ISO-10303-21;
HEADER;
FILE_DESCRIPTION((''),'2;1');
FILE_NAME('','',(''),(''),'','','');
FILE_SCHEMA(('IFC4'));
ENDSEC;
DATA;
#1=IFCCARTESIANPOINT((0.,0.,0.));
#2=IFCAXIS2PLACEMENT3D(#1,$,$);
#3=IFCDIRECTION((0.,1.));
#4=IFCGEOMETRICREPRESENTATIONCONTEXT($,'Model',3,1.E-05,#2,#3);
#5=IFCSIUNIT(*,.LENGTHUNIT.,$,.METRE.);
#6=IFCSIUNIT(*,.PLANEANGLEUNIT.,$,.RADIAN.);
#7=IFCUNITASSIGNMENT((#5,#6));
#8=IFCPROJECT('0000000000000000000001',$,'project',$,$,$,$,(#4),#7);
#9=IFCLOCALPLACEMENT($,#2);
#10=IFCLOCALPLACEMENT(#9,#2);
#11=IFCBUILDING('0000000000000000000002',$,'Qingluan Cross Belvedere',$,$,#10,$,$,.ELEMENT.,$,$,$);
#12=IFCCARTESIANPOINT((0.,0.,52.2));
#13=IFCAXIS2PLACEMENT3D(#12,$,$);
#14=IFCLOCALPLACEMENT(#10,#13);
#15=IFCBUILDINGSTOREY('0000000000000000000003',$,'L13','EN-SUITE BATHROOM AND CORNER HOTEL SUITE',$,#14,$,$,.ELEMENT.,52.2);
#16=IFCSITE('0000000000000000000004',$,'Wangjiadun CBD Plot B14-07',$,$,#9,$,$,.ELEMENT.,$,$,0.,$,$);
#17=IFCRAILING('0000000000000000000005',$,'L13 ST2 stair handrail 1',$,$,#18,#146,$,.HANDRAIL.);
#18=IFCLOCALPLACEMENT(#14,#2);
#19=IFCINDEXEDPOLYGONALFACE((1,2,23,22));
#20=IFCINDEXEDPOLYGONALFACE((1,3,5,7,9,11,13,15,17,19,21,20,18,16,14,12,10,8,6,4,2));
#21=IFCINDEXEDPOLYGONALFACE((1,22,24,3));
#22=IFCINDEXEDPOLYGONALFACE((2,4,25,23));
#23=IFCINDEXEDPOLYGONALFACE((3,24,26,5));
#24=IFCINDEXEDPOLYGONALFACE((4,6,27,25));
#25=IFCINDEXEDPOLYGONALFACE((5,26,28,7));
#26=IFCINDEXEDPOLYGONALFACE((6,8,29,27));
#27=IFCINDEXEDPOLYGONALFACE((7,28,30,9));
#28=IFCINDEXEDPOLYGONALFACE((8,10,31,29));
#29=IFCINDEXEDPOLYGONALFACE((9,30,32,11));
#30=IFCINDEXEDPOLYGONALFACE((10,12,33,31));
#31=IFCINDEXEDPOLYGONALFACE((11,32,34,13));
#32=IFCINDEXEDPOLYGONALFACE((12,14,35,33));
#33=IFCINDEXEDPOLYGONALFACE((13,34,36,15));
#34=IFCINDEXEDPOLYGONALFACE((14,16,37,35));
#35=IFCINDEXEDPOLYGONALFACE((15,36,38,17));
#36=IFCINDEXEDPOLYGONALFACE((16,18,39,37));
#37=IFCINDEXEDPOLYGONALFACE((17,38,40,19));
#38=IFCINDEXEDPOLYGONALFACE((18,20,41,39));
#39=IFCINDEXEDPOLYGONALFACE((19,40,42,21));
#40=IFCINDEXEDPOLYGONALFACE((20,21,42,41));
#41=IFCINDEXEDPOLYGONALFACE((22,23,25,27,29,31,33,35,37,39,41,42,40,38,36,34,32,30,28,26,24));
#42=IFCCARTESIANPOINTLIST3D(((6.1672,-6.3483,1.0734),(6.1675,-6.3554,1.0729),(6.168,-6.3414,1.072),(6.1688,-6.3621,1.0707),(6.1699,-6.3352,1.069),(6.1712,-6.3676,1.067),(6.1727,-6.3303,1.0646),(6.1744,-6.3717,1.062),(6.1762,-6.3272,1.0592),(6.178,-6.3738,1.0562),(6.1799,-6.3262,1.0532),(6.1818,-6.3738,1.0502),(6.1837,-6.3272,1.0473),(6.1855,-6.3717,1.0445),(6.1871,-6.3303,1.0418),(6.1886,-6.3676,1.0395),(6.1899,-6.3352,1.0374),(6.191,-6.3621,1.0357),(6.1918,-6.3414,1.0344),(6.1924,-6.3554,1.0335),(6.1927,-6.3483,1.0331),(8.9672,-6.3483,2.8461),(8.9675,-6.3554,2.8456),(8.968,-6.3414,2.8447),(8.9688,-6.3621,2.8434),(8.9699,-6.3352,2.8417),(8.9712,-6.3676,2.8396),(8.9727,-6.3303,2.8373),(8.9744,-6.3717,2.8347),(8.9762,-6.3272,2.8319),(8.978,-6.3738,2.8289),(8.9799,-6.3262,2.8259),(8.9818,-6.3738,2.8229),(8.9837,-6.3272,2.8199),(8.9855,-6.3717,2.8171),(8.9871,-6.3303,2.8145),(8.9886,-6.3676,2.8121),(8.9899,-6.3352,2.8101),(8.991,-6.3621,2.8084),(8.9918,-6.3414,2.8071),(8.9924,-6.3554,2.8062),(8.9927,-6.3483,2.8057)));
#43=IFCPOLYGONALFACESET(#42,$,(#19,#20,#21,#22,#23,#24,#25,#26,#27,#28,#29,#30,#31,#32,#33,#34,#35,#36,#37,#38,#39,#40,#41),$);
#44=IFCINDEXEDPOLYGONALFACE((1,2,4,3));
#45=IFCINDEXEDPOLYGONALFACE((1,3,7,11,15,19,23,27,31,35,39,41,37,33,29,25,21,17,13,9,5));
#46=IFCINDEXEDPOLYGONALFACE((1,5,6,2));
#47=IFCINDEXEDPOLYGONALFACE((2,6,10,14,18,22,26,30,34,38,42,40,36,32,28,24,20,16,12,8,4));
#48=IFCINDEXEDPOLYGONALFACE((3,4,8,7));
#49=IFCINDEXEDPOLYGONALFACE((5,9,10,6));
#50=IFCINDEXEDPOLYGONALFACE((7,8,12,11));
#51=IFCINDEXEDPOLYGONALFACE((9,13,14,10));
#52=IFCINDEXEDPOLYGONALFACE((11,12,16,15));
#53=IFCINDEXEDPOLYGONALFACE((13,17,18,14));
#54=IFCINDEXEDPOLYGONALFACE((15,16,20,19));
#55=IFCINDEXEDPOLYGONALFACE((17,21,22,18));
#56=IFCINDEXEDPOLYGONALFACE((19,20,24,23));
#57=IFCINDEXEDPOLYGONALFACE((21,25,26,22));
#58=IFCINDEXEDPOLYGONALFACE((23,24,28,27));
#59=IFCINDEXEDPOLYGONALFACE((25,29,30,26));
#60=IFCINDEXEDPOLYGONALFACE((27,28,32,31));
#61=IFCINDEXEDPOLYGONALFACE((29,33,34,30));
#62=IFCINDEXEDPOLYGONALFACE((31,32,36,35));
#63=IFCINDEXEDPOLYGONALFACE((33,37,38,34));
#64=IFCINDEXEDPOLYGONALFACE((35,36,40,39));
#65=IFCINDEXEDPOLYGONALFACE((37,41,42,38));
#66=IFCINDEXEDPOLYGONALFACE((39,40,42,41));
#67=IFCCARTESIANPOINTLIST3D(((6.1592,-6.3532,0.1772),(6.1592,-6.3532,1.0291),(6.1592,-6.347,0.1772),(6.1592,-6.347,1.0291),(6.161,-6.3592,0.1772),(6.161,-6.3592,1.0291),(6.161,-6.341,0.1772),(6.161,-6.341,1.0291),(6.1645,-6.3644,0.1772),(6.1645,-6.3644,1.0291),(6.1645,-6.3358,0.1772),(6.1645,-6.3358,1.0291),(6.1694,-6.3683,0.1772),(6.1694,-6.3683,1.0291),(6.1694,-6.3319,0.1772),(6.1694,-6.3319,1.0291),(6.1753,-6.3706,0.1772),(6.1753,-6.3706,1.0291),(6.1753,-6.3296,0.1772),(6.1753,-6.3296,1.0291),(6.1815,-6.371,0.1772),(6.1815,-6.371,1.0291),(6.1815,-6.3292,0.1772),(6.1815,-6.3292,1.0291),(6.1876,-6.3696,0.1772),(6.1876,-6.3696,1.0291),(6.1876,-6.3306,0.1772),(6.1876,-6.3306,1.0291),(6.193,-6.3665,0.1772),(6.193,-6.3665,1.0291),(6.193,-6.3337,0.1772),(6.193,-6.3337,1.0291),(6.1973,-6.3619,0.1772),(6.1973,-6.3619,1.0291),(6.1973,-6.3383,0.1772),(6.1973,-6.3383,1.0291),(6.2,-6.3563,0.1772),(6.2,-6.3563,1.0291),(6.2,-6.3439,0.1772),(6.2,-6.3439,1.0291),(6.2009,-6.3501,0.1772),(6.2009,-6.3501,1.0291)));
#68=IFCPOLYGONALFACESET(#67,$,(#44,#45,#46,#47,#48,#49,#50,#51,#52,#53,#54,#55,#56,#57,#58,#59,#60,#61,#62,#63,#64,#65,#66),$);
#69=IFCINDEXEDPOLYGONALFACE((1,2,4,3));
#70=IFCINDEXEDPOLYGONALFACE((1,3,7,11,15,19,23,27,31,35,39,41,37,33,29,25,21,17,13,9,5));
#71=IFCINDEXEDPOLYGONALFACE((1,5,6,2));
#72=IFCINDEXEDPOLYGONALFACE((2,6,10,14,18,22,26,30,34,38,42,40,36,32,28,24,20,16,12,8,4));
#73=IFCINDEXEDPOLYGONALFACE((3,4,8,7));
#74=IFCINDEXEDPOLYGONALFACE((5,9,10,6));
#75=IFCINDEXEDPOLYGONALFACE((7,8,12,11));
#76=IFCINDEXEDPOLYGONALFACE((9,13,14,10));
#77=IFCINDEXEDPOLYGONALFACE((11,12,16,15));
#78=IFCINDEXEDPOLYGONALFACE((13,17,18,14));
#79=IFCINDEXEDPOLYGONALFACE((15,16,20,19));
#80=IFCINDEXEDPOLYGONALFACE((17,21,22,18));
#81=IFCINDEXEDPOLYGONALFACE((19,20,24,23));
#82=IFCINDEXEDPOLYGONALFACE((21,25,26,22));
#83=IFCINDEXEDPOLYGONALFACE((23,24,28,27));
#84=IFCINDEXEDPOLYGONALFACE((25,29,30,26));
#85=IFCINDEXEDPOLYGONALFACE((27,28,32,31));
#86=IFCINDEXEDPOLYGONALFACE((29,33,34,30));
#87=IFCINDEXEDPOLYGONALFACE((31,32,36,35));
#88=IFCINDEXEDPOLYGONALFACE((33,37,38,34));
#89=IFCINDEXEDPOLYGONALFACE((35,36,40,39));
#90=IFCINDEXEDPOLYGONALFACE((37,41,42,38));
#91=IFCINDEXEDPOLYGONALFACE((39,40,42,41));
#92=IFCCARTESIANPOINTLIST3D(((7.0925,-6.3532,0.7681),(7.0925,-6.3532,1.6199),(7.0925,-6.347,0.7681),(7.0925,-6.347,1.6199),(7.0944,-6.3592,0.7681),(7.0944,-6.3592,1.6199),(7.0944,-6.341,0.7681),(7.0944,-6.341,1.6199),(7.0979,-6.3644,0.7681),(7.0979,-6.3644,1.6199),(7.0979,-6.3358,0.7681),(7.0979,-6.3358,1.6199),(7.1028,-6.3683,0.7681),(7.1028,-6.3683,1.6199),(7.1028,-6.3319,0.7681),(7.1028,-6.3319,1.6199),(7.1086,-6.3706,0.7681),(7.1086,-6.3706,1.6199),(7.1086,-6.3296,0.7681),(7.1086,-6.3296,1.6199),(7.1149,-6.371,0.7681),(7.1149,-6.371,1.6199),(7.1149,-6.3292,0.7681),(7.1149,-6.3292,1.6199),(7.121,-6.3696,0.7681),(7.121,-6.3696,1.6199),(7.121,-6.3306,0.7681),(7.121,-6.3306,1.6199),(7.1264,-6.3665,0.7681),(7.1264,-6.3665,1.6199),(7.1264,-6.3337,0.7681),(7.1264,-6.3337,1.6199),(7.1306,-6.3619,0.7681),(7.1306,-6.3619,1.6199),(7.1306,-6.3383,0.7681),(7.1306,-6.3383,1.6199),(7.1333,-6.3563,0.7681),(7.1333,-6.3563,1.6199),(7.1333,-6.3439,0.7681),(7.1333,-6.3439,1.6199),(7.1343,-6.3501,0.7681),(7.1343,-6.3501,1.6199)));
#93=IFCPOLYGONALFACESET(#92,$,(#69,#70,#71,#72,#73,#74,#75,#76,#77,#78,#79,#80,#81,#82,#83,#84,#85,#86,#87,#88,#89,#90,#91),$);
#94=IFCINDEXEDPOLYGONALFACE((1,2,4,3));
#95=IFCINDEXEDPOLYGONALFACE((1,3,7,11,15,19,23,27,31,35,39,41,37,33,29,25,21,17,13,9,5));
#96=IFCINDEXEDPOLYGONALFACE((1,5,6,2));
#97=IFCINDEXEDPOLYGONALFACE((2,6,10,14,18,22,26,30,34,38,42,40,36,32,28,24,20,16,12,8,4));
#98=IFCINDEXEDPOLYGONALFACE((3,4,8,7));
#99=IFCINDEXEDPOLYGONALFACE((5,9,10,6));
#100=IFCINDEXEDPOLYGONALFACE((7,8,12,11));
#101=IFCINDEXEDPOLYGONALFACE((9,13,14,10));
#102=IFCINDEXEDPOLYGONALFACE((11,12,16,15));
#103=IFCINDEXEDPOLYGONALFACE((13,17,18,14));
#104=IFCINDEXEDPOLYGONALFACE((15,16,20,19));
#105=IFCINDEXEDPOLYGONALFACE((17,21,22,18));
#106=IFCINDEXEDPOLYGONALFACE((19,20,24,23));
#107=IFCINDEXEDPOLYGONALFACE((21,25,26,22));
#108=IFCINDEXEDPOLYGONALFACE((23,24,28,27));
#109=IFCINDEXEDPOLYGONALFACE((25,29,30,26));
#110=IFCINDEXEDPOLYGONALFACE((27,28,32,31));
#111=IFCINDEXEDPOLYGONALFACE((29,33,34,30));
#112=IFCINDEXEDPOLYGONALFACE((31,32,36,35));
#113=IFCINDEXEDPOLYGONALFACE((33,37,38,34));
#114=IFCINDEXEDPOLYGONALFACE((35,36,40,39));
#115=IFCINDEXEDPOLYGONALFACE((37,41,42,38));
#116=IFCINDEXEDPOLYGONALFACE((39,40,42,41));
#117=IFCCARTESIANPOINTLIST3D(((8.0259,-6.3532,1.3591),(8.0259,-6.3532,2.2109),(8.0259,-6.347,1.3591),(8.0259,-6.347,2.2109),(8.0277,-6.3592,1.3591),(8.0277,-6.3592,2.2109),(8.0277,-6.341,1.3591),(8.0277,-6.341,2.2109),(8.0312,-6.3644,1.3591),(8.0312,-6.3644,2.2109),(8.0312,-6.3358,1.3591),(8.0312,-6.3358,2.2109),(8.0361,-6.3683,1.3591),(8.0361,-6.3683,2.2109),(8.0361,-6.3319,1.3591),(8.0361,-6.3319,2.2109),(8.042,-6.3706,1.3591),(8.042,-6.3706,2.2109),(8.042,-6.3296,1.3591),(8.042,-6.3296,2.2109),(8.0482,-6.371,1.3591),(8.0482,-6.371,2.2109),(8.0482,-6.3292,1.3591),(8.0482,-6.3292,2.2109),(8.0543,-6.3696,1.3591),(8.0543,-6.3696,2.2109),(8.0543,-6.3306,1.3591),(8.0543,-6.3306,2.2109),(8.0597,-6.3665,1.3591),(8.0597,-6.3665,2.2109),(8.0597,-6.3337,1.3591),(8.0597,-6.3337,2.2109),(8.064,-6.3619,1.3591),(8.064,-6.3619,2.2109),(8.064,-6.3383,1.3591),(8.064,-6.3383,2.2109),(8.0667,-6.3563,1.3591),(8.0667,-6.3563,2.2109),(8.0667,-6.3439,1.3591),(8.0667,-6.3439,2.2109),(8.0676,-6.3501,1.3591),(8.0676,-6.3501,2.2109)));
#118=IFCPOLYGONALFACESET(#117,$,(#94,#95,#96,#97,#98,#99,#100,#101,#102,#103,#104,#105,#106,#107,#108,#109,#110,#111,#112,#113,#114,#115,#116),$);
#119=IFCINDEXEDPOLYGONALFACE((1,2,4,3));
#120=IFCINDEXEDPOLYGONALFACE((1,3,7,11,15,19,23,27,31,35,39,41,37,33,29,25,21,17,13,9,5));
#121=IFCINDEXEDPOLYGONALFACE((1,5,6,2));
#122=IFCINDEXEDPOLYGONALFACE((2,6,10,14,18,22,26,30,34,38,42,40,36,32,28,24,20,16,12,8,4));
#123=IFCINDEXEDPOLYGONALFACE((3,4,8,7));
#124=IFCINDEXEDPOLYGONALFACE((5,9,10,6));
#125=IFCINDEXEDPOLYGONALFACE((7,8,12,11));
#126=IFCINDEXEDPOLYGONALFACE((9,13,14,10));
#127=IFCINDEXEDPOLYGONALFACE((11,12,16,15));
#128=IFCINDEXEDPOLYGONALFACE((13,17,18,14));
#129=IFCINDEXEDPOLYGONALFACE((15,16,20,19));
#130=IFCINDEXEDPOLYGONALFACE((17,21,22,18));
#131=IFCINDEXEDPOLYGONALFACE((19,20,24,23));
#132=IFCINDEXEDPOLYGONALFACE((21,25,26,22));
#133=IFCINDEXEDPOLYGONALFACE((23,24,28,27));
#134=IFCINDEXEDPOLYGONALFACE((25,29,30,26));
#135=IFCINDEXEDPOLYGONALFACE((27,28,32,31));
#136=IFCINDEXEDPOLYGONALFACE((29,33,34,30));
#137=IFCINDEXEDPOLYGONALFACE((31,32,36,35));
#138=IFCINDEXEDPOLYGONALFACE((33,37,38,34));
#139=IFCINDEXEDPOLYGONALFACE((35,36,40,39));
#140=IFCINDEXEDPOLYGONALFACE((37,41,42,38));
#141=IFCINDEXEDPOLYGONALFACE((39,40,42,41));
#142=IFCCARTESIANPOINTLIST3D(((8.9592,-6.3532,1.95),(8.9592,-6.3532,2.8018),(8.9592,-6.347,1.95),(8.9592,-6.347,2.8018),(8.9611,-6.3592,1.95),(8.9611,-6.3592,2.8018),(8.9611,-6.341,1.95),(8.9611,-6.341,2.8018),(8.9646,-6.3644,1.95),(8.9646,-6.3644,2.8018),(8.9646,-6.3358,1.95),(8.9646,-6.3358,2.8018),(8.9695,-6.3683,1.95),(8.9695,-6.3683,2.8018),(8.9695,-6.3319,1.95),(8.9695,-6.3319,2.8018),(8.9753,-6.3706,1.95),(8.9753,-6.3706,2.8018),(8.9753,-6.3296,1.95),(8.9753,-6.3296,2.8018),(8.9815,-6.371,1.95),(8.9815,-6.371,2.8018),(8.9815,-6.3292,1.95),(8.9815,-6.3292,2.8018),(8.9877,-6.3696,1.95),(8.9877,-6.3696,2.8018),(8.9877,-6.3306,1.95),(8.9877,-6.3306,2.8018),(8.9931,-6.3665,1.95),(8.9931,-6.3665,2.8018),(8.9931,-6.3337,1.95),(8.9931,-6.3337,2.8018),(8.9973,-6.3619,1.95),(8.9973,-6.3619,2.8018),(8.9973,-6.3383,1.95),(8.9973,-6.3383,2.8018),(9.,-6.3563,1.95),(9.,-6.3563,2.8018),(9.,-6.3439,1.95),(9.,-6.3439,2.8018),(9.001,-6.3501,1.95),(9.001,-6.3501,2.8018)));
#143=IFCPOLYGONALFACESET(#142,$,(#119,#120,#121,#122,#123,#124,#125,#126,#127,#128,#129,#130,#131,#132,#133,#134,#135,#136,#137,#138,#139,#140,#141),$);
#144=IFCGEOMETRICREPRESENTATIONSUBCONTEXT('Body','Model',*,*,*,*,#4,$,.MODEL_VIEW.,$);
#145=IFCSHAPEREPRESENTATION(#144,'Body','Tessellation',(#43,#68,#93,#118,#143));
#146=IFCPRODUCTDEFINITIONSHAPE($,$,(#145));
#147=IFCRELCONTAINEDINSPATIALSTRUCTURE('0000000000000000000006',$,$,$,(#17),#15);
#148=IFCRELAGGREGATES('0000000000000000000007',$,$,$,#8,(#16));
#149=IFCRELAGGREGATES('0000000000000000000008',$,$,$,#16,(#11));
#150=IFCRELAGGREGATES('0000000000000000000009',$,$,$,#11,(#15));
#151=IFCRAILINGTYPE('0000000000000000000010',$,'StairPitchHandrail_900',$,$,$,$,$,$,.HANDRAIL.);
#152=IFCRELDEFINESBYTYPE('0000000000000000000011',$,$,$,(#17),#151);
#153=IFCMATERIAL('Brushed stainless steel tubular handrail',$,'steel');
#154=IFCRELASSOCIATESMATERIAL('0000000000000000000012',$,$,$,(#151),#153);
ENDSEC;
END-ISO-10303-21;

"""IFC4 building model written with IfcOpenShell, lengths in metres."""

from ifc_helpers import new_model, si_unit, direction, frame, origin, origin_2d, place, context, subcontext, project, spatial, circle, extrude, material, type_object, element, save


model = new_model("IFC4")

# Units and contexts
model_context = context("Model", 3, precision=1e-05, world=origin(), true_north=direction((0.0, 1.0)))
body_context = subcontext(model_context, "Body", "Model", "MODEL_VIEW")
ifc_project = project(units=[si_unit("LENGTHUNIT", "METRE"), si_unit("PLANEANGLEUNIT", "RADIAN")], contexts=[model_context])

# Site, building, storey
site_placement = place(None, origin())
site = spatial("IfcSite", under=ifc_project, at=site_placement, Name="Wangjiadun CBD Plot B14-07", CompositionType="ELEMENT", RefElevation=0.0)
building_placement = place(site_placement, origin())
building = spatial("IfcBuilding", under=site, at=building_placement, Name="Qingluan Cross Belvedere", CompositionType="ELEMENT")
storey_placement = place(building_placement, frame((0.0, 0.0, 52.2)))
storey = spatial("IfcBuildingStorey", under=building, at=storey_placement, Name="L13", Description="EN-SUITE BATHROOM AND CORNER HOTEL SUITE", CompositionType="ELEMENT", Elevation=52.2)

# Railing
ifc_material_1 = material(Name="Brushed stainless steel tubular handrail", Category="steel")
railing_type_1 = type_object("IfcRailingType", Name="StairPitchHandrail_900", PredefinedType="HANDRAIL", material=ifc_material_1)
for number, where, name in (
    (1, (6.1799, -6.3501, 0.1772), "L13 ST2 stair handrail 1"),
):
    element("IfcRailing", number, at=place(storey_placement, frame(where)), inside=storey, type_object=railing_type_1, Name=name, PredefinedType="HANDRAIL", context=body_context, shape_type="SweptSolid", body=[
        extrude(circle(Radius=0.0239, at=origin_2d()), frame((0.0, 0.0, 0.876), z_axis=(0.844909, 0.0, 0.53491), x_axis=(0.0, 1.0, 0.0)), (0.0, 0.0, 1.0), 3.314),
        extrude(circle(Radius=0.021, at=origin_2d()), origin(), (0.0, 0.0, 1.0), 0.8518),
        extrude(circle(Radius=0.021, at=origin_2d()), frame((0.9333, 0.0, 0.5908)), (0.0, 0.0, 1.0), 0.8518),
        extrude(circle(Radius=0.021, at=origin_2d()), frame((1.8667, 0.0, 1.1819)), (0.0, 0.0, 1.0), 0.8518),
        extrude(circle(Radius=0.021, at=origin_2d()), frame((2.8, 0.0, 1.7727)), (0.0, 0.0, 1.0), 0.8518),
    ])

save(model, "model.ifc")
